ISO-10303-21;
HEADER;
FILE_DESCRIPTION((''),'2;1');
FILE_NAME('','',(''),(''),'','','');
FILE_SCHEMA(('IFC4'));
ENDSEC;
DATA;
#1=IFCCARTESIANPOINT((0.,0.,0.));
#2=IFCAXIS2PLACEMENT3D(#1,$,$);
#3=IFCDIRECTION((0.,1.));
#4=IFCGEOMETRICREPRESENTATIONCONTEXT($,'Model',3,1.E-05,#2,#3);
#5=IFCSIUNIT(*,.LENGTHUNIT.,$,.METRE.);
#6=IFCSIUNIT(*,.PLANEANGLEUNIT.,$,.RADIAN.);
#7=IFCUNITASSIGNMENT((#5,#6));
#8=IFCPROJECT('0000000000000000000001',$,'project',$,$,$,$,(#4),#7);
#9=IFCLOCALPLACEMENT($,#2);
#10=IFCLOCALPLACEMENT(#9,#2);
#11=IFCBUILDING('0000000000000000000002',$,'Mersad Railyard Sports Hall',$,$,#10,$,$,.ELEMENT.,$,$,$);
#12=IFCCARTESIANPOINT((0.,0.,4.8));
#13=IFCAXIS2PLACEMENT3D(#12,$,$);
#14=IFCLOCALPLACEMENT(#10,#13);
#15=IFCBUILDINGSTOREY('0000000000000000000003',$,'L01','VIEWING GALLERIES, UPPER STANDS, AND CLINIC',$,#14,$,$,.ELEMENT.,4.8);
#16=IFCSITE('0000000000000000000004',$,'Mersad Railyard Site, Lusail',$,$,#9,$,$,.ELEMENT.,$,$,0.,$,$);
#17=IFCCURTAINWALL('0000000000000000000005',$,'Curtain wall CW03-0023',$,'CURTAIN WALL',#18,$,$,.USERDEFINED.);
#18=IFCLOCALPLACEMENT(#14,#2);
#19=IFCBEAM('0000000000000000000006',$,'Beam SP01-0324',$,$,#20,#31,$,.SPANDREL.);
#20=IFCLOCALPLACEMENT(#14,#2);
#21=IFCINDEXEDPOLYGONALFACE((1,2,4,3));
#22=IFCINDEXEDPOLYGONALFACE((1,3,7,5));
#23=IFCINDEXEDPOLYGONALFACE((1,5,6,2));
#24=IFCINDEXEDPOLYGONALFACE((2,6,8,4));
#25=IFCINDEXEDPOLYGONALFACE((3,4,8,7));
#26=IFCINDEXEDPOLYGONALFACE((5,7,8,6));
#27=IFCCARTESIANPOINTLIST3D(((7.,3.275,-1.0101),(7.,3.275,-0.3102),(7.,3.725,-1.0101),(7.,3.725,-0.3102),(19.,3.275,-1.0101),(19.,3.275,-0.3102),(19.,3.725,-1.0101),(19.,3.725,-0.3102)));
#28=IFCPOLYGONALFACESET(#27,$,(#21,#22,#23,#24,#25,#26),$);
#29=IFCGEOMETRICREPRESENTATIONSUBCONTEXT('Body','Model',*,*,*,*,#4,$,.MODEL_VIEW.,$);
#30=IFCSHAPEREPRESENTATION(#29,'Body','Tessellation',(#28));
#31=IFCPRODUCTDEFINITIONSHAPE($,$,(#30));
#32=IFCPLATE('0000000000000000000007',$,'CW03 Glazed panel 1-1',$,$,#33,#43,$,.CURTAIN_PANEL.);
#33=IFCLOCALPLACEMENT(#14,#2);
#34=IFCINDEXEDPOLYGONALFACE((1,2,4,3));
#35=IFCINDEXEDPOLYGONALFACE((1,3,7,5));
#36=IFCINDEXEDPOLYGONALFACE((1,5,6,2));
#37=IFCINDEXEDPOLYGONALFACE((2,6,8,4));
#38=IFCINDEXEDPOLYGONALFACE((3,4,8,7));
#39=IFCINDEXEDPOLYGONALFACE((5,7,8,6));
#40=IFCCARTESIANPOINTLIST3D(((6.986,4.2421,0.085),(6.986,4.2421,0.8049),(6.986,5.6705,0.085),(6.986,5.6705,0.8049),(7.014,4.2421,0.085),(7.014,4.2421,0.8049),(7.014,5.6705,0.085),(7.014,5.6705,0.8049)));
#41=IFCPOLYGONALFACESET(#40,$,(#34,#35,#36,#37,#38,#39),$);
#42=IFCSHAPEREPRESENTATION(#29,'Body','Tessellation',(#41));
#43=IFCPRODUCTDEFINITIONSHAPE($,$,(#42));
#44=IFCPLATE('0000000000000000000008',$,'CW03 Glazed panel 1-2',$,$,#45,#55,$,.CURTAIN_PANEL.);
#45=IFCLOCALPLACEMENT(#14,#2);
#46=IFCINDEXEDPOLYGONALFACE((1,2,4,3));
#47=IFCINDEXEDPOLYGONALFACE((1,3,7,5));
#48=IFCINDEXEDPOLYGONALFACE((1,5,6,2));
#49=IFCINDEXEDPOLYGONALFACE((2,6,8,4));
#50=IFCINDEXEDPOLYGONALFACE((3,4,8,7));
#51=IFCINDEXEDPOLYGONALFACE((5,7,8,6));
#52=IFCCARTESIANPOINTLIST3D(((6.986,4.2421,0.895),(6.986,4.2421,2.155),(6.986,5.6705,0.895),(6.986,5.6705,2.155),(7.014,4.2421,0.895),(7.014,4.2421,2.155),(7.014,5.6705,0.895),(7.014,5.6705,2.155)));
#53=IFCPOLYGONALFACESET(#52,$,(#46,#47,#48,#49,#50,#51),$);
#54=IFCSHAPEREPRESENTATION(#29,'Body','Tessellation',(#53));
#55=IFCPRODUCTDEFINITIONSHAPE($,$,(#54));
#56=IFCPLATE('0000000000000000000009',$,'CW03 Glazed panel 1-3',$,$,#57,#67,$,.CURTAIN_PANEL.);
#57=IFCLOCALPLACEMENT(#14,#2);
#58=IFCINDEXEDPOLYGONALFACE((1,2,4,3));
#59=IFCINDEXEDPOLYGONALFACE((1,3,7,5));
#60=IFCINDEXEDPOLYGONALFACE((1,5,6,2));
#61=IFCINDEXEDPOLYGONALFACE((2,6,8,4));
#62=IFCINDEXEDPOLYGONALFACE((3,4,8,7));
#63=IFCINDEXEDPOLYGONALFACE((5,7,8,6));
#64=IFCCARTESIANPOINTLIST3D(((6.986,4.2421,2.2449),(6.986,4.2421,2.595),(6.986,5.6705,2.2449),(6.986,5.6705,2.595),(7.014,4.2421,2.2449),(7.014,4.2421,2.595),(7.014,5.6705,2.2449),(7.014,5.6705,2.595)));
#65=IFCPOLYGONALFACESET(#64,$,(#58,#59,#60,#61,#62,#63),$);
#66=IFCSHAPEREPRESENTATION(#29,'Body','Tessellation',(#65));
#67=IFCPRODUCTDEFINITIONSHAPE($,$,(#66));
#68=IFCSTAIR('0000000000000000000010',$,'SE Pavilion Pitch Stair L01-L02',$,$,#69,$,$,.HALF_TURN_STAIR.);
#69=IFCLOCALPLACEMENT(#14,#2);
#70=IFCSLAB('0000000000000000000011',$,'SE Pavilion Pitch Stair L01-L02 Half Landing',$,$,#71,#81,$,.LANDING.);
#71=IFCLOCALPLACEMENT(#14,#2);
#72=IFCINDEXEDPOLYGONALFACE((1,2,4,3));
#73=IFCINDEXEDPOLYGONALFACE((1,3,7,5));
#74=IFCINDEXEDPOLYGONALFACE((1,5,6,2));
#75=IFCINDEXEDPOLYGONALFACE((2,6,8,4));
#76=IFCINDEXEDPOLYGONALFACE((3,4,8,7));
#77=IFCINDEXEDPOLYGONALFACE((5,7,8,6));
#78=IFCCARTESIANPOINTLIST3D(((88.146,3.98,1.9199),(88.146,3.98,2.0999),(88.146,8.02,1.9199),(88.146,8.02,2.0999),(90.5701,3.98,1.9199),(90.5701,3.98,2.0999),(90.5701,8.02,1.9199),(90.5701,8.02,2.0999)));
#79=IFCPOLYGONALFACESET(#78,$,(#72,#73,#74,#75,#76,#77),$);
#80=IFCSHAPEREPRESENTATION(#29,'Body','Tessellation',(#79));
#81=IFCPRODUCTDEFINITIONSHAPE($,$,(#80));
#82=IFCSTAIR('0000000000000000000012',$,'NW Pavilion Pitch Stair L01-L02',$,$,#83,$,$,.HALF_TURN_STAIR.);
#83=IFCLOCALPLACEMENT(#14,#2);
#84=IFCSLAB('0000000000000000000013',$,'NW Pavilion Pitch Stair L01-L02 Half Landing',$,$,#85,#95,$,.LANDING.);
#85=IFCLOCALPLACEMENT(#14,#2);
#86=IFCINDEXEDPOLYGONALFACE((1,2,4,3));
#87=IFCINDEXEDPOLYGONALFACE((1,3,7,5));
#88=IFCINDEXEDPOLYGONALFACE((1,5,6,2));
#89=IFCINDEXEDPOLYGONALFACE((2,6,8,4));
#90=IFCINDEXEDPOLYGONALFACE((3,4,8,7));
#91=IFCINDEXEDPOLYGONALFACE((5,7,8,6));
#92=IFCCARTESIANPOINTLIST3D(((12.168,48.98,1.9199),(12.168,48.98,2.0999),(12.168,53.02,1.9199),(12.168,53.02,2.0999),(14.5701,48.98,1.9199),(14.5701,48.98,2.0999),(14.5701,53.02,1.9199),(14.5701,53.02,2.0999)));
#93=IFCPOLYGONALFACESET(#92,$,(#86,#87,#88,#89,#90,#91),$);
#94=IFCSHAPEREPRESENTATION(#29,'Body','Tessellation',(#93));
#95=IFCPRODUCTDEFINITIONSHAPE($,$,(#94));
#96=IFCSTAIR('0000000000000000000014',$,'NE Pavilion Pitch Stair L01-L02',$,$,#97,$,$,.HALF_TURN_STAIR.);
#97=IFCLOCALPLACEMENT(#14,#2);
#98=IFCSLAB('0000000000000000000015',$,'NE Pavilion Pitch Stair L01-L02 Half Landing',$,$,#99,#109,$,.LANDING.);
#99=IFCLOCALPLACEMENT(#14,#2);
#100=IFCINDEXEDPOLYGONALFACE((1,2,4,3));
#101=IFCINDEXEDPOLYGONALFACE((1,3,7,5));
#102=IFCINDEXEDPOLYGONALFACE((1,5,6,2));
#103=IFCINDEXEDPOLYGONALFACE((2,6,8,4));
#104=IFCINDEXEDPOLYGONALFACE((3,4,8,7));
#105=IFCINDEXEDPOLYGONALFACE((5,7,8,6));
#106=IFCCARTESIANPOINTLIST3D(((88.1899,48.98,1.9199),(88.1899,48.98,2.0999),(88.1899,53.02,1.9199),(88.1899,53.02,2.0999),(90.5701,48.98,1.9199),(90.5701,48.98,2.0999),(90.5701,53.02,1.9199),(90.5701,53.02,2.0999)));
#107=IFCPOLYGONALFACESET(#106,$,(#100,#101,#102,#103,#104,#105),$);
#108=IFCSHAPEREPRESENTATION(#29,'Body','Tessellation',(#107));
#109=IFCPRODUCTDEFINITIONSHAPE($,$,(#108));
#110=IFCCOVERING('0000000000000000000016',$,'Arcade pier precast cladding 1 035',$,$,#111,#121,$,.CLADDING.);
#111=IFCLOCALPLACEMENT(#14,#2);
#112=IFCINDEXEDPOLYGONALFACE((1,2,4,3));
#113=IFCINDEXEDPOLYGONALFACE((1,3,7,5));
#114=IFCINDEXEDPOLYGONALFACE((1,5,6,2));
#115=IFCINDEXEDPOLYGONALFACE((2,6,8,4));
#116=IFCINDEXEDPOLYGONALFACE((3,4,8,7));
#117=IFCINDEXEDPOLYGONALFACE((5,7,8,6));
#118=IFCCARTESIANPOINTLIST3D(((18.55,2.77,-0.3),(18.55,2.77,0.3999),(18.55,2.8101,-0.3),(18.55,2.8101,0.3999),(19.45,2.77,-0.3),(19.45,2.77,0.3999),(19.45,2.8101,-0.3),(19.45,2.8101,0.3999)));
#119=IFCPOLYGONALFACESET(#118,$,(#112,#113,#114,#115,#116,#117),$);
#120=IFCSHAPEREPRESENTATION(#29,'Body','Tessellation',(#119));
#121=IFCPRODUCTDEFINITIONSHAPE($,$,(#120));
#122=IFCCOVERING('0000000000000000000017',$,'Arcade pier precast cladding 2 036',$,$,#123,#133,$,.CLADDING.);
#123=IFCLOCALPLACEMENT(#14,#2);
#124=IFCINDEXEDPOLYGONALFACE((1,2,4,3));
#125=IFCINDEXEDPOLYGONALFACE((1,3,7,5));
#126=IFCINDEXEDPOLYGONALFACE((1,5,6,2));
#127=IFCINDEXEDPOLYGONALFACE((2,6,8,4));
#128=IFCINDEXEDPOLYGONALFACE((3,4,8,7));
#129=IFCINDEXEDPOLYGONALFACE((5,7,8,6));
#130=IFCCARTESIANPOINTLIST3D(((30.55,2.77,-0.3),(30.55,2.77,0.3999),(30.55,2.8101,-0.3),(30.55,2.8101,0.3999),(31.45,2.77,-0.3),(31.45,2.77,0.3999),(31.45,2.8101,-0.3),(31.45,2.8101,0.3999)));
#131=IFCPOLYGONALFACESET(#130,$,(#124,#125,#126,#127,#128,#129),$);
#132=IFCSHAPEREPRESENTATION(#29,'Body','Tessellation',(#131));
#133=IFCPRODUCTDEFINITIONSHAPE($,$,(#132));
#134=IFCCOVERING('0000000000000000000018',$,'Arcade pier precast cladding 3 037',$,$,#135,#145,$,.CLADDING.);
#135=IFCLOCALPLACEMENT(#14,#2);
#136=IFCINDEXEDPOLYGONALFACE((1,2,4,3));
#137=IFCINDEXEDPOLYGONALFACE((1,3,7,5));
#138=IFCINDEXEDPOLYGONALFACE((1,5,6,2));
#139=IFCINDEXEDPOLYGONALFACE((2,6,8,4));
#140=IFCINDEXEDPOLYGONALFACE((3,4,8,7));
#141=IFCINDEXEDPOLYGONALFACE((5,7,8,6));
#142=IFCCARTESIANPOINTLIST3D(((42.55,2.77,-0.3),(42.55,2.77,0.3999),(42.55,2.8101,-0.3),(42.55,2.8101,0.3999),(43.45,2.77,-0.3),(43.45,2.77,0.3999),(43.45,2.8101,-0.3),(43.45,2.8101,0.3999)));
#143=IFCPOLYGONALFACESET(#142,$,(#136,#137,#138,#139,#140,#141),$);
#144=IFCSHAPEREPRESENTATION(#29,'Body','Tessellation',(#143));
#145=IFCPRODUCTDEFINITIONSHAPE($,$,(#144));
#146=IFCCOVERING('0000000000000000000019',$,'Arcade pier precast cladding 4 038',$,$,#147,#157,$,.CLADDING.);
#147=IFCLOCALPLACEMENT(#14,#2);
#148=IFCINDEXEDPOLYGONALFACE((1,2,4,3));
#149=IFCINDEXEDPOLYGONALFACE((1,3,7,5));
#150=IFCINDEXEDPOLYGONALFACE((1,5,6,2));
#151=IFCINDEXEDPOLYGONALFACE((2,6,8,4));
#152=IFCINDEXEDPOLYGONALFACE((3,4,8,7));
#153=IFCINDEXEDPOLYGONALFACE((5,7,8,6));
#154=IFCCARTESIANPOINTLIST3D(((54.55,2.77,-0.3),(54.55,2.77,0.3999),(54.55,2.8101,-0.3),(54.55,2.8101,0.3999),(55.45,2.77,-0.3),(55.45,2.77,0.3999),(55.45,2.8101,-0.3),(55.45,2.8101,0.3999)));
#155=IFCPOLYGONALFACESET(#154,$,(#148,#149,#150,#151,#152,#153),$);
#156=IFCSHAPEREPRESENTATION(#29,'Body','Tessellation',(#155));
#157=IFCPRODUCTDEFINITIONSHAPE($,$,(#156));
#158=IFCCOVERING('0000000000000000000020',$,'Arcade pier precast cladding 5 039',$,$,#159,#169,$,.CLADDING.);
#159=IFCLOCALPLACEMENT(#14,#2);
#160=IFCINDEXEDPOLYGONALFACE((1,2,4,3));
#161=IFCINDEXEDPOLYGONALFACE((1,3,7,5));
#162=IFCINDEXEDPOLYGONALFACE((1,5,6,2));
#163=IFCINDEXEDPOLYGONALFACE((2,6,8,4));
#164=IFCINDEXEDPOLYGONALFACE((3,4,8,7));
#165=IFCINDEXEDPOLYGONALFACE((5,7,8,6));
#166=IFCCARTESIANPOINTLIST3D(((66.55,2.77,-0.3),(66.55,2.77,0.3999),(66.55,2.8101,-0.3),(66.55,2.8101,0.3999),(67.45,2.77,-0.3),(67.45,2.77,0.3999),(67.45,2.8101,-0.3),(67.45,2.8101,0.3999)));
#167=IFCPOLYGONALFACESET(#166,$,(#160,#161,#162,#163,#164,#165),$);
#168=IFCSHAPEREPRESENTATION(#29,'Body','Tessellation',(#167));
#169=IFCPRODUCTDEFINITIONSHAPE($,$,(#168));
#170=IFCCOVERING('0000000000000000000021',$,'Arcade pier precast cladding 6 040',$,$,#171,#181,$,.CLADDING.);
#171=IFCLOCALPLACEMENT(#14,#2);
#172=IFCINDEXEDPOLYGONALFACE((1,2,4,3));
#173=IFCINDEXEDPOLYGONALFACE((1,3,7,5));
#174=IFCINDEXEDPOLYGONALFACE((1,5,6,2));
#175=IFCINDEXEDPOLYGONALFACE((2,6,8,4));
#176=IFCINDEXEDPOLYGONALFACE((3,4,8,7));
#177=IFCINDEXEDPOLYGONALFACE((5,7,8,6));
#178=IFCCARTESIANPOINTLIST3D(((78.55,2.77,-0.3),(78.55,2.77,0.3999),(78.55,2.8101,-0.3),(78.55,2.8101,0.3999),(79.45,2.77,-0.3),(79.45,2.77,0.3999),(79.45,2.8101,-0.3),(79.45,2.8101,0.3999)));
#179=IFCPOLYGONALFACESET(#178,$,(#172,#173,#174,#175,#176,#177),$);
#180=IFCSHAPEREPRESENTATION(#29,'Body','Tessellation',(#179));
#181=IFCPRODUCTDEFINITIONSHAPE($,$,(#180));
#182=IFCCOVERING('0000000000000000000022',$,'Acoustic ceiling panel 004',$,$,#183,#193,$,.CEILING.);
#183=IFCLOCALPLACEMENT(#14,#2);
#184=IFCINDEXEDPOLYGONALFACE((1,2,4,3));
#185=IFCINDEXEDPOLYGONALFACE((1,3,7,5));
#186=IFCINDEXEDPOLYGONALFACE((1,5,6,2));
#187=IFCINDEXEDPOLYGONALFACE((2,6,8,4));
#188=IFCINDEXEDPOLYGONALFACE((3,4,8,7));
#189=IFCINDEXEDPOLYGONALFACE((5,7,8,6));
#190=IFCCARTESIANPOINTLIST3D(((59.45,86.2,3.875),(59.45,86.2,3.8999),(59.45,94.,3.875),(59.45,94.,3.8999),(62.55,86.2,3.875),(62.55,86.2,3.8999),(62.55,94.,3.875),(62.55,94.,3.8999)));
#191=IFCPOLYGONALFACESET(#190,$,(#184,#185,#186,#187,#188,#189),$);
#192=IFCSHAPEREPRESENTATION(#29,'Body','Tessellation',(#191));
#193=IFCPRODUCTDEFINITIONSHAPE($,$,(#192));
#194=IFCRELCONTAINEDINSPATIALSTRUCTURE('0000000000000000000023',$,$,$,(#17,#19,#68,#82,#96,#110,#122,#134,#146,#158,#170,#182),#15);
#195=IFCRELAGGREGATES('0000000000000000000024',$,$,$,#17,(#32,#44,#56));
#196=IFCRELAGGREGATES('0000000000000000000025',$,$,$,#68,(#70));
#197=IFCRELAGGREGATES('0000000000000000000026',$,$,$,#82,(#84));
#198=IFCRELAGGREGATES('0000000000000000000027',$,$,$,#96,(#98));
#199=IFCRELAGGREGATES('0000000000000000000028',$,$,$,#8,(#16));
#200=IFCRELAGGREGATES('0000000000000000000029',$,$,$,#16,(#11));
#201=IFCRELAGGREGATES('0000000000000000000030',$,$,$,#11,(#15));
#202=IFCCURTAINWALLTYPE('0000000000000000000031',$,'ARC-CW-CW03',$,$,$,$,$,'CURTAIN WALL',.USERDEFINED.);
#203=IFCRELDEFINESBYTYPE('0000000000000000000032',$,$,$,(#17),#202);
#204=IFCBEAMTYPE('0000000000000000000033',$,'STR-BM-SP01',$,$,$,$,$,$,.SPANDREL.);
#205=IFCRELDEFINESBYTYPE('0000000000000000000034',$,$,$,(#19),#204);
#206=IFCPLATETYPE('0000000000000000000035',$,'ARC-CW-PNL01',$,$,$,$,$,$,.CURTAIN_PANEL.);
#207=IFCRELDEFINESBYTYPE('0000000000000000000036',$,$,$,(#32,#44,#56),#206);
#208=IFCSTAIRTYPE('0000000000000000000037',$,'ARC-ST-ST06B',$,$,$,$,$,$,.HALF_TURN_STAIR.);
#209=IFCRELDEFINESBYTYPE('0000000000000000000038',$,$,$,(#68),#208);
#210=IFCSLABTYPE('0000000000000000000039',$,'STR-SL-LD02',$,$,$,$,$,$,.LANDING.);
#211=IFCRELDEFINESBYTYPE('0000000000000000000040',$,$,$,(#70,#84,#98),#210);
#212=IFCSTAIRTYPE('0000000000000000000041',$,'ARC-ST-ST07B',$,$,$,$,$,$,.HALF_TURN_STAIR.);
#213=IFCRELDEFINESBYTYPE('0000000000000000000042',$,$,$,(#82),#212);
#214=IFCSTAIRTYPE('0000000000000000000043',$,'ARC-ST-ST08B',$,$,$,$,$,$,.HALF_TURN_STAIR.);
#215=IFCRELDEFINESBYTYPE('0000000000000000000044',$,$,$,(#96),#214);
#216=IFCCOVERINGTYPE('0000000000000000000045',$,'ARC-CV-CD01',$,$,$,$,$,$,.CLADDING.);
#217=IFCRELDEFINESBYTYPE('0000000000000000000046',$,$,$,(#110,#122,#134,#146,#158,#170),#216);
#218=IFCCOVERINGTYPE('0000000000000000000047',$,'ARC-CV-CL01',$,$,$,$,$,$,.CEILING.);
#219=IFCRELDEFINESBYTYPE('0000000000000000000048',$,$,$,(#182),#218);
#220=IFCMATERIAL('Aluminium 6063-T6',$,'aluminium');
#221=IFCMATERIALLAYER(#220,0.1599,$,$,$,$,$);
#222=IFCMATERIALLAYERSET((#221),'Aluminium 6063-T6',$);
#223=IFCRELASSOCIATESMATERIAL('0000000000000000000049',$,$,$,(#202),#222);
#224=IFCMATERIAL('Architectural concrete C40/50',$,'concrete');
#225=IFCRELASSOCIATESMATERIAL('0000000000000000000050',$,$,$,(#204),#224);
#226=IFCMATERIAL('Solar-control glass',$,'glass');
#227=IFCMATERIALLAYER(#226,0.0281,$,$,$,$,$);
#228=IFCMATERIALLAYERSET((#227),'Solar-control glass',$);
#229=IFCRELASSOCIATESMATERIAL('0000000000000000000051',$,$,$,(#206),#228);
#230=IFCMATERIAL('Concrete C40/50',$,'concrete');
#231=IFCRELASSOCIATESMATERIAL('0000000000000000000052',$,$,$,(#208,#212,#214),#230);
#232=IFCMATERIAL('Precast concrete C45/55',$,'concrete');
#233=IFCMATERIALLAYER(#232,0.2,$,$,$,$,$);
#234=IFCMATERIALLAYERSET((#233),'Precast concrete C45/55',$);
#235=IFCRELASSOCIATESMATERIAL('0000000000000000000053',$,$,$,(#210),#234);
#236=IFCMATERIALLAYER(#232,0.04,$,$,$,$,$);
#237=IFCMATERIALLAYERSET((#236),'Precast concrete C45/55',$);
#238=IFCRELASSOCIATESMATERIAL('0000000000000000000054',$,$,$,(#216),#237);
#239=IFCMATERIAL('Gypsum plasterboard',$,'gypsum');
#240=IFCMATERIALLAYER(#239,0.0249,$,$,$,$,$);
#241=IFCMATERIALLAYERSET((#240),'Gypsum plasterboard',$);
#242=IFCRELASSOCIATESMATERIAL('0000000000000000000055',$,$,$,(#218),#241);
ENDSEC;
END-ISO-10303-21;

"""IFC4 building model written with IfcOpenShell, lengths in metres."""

from ifc_helpers import new_model, si_unit, direction, frame, origin, origin_2d, place, context, subcontext, project, spatial, polyline, rectangle, outline, extrude, material, layer, layer_set, material_profile, profile_set, type_object, element, aggregate, save


model = new_model("IFC4")

# Units and contexts
model_context = context("Model", 3, precision=1e-05, world=origin(), true_north=direction((0.0, 1.0)))
body_context = subcontext(model_context, "Body", "Model", "MODEL_VIEW")
ifc_project = project(units=[si_unit("LENGTHUNIT", "METRE"), si_unit("PLANEANGLEUNIT", "RADIAN")], contexts=[model_context])

# Site, building, storey
site_placement = place(None, origin())
site = spatial("IfcSite", under=ifc_project, at=site_placement, Name="Mersad Railyard Site, Lusail", CompositionType="ELEMENT", RefElevation=0.0)
building_placement = place(site_placement, origin())
building = spatial("IfcBuilding", under=site, at=building_placement, Name="Mersad Railyard Sports Hall", CompositionType="ELEMENT")
storey_placement = place(building_placement, frame((0.0, 0.0, 4.8)))
storey = spatial("IfcBuildingStorey", under=building, at=storey_placement, Name="L01", Description="VIEWING GALLERIES, UPPER STANDS, AND CLINIC", CompositionType="ELEMENT", Elevation=4.8)

# Curtain wall
ifc_material_1 = material(Name="Aluminium 6063-T6", Category="aluminium")
ifc_layer_1 = layer(ifc_material_1, 0.1599)
ifc_layer_set_1 = layer_set([ifc_layer_1], Name="Aluminium 6063-T6")
curtain_wall_type = type_object("IfcCurtainWallType", Name="ARC-CW-CW03", ElementType="CURTAIN WALL", PredefinedType="USERDEFINED", material=ifc_layer_set_1)
curtain_wall_placement = place(storey_placement, origin())
curtain_wall = element("IfcCurtainWall", 1, at=curtain_wall_placement, inside=storey, type_object=curtain_wall_type, Name="Curtain wall CW03-0023", ObjectType="CURTAIN WALL", PredefinedType="USERDEFINED")

# Beam
ifc_material_2 = material(Name="Concrete C40/50", Category="concrete")
ifc_material_3 = material(Name="Architectural concrete C40/50", Category="concrete")
ifc_material_profile_1 = material_profile(ifc_material_3, rectangle(XDim=0.45, YDim=0.7, at=origin_2d()), Name="RC 450x700")
ifc_profile_set_1 = profile_set([ifc_material_profile_1], Name="Architectural concrete C40/50")
beam_type_1 = type_object("IfcBeamType", Name="STR-BM-SP01", PredefinedType="SPANDREL", material=ifc_profile_set_1)
beam_1_placement = place(storey_placement, frame((7.0, 3.5, -0.6602), z_axis=(1.0, 0.0, 0.0), x_axis=(0.0, 1.0, 0.0)))
element("IfcBeam", 2, at=beam_1_placement, inside=storey, type_object=beam_type_1, Name="Beam SP01-0324", PredefinedType="SPANDREL", context=body_context, shape_type="SweptSolid", body=[
    extrude(rectangle(XDim=0.45, YDim=0.7, at=origin_2d()), origin(), (0.0, 0.0, 1.0), 12.0),
])

# Plates
ifc_material_4 = material(Name="Solar-control glass", Category="glass")
ifc_layer_2 = layer(ifc_material_4, 0.0281)
ifc_layer_set_2 = layer_set([ifc_layer_2], Name="Solar-control glass")
plate_type = type_object("IfcPlateType", Name="ARC-CW-PNL01", PredefinedType="CURTAIN_PANEL", material=ifc_layer_set_2)
plate_1_placement = place(storey_placement, frame((7.0, 4.9563, 0.085), z_axis=(0.0, 0.0, 1.0), x_axis=(0.0, 1.0, 0.0)))
plate_1 = element("IfcPlate", 3, at=plate_1_placement, type_object=plate_type, Name="CW03 Glazed panel 1-1", PredefinedType="CURTAIN_PANEL", context=body_context, shape_type="SweptSolid", body=[
    extrude(rectangle(XDim=1.4285, YDim=0.0281, at=origin_2d()), origin(), (0.0, 0.0, 1.0), 0.72),
])
plate_2_placement = place(storey_placement, frame((7.0, 4.9563, 0.895), z_axis=(0.0, 0.0, 1.0), x_axis=(0.0, 1.0, 0.0)))
plate_2 = element("IfcPlate", 4, at=plate_2_placement, type_object=plate_type, Name="CW03 Glazed panel 1-2", PredefinedType="CURTAIN_PANEL", context=body_context, shape_type="SweptSolid", body=[
    extrude(rectangle(XDim=1.4285, YDim=0.0281, at=origin_2d()), origin(), (0.0, 0.0, 1.0), 1.26),
])
plate_3_placement = place(storey_placement, frame((7.0, 4.9563, 2.2449), z_axis=(0.0, 0.0, 1.0), x_axis=(0.0, 1.0, 0.0)))
plate_3 = element("IfcPlate", 5, at=plate_3_placement, type_object=plate_type, Name="CW03 Glazed panel 1-3", PredefinedType="CURTAIN_PANEL", context=body_context, shape_type="SweptSolid", body=[
    extrude(rectangle(XDim=1.4285, YDim=0.0281, at=origin_2d()), origin(), (0.0, 0.0, 1.0), 0.3501),
])
aggregate(curtain_wall, [plate_1, plate_2, plate_3])

# Stairs, slabs
stair_type_1 = type_object("IfcStairType", Name="ARC-ST-ST06B", PredefinedType="HALF_TURN_STAIR", material=ifc_material_2)
stair_1_placement = place(storey_placement, origin())
stair_1 = element("IfcStair", 6, at=stair_1_placement, inside=storey, type_object=stair_type_1, Name="SE Pavilion Pitch Stair L01-L02", PredefinedType="HALF_TURN_STAIR")
ifc_material_5 = material(Name="Precast concrete C45/55", Category="concrete")
ifc_layer_3 = layer(ifc_material_5, 0.2)
ifc_layer_set_3 = layer_set([ifc_layer_3], Name="Precast concrete C45/55")
slab_type = type_object("IfcSlabType", Name="STR-SL-LD02", PredefinedType="LANDING", material=ifc_layer_set_3)
slab_1_placement = place(storey_placement, frame((0.0, 0.0, 1.9199)))
slab_1 = element("IfcSlab", 7, at=slab_1_placement, type_object=slab_type, Name="SE Pavilion Pitch Stair L01-L02 Half Landing", PredefinedType="LANDING", context=body_context, shape_type="SweptSolid", body=[
    extrude(outline(polyline([(88.146, 3.98), (90.5701, 3.98), (90.5701, 8.02), (88.146, 8.02), (88.146, 3.98)])), origin(), (0.0, 0.0, 1.0), 0.1799),
])
aggregate(stair_1, [slab_1])
stair_type_2 = type_object("IfcStairType", Name="ARC-ST-ST07B", PredefinedType="HALF_TURN_STAIR", material=ifc_material_2)
stair_2_placement = place(storey_placement, origin())
stair_2 = element("IfcStair", 8, at=stair_2_placement, inside=storey, type_object=stair_type_2, Name="NW Pavilion Pitch Stair L01-L02", PredefinedType="HALF_TURN_STAIR")
slab_2_placement = place(storey_placement, frame((0.0, 0.0, 1.9199)))
slab_2 = element("IfcSlab", 9, at=slab_2_placement, type_object=slab_type, Name="NW Pavilion Pitch Stair L01-L02 Half Landing", PredefinedType="LANDING", context=body_context, shape_type="SweptSolid", body=[
    extrude(outline(polyline([(12.168, 48.98), (14.5701, 48.98), (14.5701, 53.02), (12.168, 53.02), (12.168, 48.98)])), origin(), (0.0, 0.0, 1.0), 0.1799),
])
aggregate(stair_2, [slab_2])
stair_type_3 = type_object("IfcStairType", Name="ARC-ST-ST08B", PredefinedType="HALF_TURN_STAIR", material=ifc_material_2)
stair_3_placement = place(storey_placement, origin())
stair_3 = element("IfcStair", 10, at=stair_3_placement, inside=storey, type_object=stair_type_3, Name="NE Pavilion Pitch Stair L01-L02", PredefinedType="HALF_TURN_STAIR")
slab_3_placement = place(storey_placement, frame((0.0, 0.0, 1.9199)))
slab_3 = element("IfcSlab", 11, at=slab_3_placement, type_object=slab_type, Name="NE Pavilion Pitch Stair L01-L02 Half Landing", PredefinedType="LANDING", context=body_context, shape_type="SweptSolid", body=[
    extrude(outline(polyline([(88.1899, 48.98), (90.5701, 48.98), (90.5701, 53.02), (88.1899, 53.02), (88.1899, 48.98)])), origin(), (0.0, 0.0, 1.0), 0.1799),
])
aggregate(stair_3, [slab_3])

# Coverings
ifc_layer_4 = layer(ifc_material_5, 0.04)
ifc_layer_set_4 = layer_set([ifc_layer_4], Name="Precast concrete C45/55")
covering_type_1 = type_object("IfcCoveringType", Name="ARC-CV-CD01", PredefinedType="CLADDING", material=ifc_layer_set_4)
covering_1_placement = place(storey_placement, frame((0.0, 0.0, -0.3)))
element("IfcCovering", 12, at=covering_1_placement, inside=storey, type_object=covering_type_1, Name="Arcade pier precast cladding 1 035", PredefinedType="CLADDING", context=body_context, shape_type="SweptSolid", body=[
    extrude(outline(polyline([(18.55, 2.77), (19.45, 2.77), (19.45, 2.8101), (18.55, 2.8101), (18.55, 2.77)])), origin(), (0.0, 0.0, 1.0), 0.7),
])
covering_2_placement = place(storey_placement, frame((0.0, 0.0, -0.3)))
element("IfcCovering", 13, at=covering_2_placement, inside=storey, type_object=covering_type_1, Name="Arcade pier precast cladding 2 036", PredefinedType="CLADDING", context=body_context, shape_type="SweptSolid", body=[
    extrude(outline(polyline([(30.55, 2.77), (31.45, 2.77), (31.45, 2.8101), (30.55, 2.8101), (30.55, 2.77)])), origin(), (0.0, 0.0, 1.0), 0.7),
])
covering_3_placement = place(storey_placement, frame((0.0, 0.0, -0.3)))
element("IfcCovering", 14, at=covering_3_placement, inside=storey, type_object=covering_type_1, Name="Arcade pier precast cladding 3 037", PredefinedType="CLADDING", context=body_context, shape_type="SweptSolid", body=[
    extrude(outline(polyline([(42.55, 2.77), (43.45, 2.77), (43.45, 2.8101), (42.55, 2.8101), (42.55, 2.77)])), origin(), (0.0, 0.0, 1.0), 0.7),
])
covering_4_placement = place(storey_placement, frame((0.0, 0.0, -0.3)))
element("IfcCovering", 15, at=covering_4_placement, inside=storey, type_object=covering_type_1, Name="Arcade pier precast cladding 4 038", PredefinedType="CLADDING", context=body_context, shape_type="SweptSolid", body=[
    extrude(outline(polyline([(54.55, 2.77), (55.45, 2.77), (55.45, 2.8101), (54.55, 2.8101), (54.55, 2.77)])), origin(), (0.0, 0.0, 1.0), 0.7),
])
covering_5_placement = place(storey_placement, frame((0.0, 0.0, -0.3)))
element("IfcCovering", 16, at=covering_5_placement, inside=storey, type_object=covering_type_1, Name="Arcade pier precast cladding 5 039", PredefinedType="CLADDING", context=body_context, shape_type="SweptSolid", body=[
    extrude(outline(polyline([(66.55, 2.77), (67.45, 2.77), (67.45, 2.8101), (66.55, 2.8101), (66.55, 2.77)])), origin(), (0.0, 0.0, 1.0), 0.7),
])
covering_6_placement = place(storey_placement, frame((0.0, 0.0, -0.3)))
element("IfcCovering", 17, at=covering_6_placement, inside=storey, type_object=covering_type_1, Name="Arcade pier precast cladding 6 040", PredefinedType="CLADDING", context=body_context, shape_type="SweptSolid", body=[
    extrude(outline(polyline([(78.55, 2.77), (79.45, 2.77), (79.45, 2.8101), (78.55, 2.8101), (78.55, 2.77)])), origin(), (0.0, 0.0, 1.0), 0.7),
])
ifc_material_6 = material(Name="Gypsum plasterboard", Category="gypsum")
ifc_layer_5 = layer(ifc_material_6, 0.0249)
ifc_layer_set_5 = layer_set([ifc_layer_5], Name="Gypsum plasterboard")
covering_type_2 = type_object("IfcCoveringType", Name="ARC-CV-CL01", PredefinedType="CEILING", material=ifc_layer_set_5)
covering_7_placement = place(storey_placement, frame((0.0, 0.0, 3.875)))
element("IfcCovering", 18, at=covering_7_placement, inside=storey, type_object=covering_type_2, Name="Acoustic ceiling panel 004", PredefinedType="CEILING", context=body_context, shape_type="SweptSolid", body=[
    extrude(outline(polyline([(59.45, 86.2), (62.55, 86.2), (62.55, 94.0), (59.45, 94.0), (59.45, 86.2)])), origin(), (0.0, 0.0, 1.0), 0.0249),
])

save(model, "model.ifc")
